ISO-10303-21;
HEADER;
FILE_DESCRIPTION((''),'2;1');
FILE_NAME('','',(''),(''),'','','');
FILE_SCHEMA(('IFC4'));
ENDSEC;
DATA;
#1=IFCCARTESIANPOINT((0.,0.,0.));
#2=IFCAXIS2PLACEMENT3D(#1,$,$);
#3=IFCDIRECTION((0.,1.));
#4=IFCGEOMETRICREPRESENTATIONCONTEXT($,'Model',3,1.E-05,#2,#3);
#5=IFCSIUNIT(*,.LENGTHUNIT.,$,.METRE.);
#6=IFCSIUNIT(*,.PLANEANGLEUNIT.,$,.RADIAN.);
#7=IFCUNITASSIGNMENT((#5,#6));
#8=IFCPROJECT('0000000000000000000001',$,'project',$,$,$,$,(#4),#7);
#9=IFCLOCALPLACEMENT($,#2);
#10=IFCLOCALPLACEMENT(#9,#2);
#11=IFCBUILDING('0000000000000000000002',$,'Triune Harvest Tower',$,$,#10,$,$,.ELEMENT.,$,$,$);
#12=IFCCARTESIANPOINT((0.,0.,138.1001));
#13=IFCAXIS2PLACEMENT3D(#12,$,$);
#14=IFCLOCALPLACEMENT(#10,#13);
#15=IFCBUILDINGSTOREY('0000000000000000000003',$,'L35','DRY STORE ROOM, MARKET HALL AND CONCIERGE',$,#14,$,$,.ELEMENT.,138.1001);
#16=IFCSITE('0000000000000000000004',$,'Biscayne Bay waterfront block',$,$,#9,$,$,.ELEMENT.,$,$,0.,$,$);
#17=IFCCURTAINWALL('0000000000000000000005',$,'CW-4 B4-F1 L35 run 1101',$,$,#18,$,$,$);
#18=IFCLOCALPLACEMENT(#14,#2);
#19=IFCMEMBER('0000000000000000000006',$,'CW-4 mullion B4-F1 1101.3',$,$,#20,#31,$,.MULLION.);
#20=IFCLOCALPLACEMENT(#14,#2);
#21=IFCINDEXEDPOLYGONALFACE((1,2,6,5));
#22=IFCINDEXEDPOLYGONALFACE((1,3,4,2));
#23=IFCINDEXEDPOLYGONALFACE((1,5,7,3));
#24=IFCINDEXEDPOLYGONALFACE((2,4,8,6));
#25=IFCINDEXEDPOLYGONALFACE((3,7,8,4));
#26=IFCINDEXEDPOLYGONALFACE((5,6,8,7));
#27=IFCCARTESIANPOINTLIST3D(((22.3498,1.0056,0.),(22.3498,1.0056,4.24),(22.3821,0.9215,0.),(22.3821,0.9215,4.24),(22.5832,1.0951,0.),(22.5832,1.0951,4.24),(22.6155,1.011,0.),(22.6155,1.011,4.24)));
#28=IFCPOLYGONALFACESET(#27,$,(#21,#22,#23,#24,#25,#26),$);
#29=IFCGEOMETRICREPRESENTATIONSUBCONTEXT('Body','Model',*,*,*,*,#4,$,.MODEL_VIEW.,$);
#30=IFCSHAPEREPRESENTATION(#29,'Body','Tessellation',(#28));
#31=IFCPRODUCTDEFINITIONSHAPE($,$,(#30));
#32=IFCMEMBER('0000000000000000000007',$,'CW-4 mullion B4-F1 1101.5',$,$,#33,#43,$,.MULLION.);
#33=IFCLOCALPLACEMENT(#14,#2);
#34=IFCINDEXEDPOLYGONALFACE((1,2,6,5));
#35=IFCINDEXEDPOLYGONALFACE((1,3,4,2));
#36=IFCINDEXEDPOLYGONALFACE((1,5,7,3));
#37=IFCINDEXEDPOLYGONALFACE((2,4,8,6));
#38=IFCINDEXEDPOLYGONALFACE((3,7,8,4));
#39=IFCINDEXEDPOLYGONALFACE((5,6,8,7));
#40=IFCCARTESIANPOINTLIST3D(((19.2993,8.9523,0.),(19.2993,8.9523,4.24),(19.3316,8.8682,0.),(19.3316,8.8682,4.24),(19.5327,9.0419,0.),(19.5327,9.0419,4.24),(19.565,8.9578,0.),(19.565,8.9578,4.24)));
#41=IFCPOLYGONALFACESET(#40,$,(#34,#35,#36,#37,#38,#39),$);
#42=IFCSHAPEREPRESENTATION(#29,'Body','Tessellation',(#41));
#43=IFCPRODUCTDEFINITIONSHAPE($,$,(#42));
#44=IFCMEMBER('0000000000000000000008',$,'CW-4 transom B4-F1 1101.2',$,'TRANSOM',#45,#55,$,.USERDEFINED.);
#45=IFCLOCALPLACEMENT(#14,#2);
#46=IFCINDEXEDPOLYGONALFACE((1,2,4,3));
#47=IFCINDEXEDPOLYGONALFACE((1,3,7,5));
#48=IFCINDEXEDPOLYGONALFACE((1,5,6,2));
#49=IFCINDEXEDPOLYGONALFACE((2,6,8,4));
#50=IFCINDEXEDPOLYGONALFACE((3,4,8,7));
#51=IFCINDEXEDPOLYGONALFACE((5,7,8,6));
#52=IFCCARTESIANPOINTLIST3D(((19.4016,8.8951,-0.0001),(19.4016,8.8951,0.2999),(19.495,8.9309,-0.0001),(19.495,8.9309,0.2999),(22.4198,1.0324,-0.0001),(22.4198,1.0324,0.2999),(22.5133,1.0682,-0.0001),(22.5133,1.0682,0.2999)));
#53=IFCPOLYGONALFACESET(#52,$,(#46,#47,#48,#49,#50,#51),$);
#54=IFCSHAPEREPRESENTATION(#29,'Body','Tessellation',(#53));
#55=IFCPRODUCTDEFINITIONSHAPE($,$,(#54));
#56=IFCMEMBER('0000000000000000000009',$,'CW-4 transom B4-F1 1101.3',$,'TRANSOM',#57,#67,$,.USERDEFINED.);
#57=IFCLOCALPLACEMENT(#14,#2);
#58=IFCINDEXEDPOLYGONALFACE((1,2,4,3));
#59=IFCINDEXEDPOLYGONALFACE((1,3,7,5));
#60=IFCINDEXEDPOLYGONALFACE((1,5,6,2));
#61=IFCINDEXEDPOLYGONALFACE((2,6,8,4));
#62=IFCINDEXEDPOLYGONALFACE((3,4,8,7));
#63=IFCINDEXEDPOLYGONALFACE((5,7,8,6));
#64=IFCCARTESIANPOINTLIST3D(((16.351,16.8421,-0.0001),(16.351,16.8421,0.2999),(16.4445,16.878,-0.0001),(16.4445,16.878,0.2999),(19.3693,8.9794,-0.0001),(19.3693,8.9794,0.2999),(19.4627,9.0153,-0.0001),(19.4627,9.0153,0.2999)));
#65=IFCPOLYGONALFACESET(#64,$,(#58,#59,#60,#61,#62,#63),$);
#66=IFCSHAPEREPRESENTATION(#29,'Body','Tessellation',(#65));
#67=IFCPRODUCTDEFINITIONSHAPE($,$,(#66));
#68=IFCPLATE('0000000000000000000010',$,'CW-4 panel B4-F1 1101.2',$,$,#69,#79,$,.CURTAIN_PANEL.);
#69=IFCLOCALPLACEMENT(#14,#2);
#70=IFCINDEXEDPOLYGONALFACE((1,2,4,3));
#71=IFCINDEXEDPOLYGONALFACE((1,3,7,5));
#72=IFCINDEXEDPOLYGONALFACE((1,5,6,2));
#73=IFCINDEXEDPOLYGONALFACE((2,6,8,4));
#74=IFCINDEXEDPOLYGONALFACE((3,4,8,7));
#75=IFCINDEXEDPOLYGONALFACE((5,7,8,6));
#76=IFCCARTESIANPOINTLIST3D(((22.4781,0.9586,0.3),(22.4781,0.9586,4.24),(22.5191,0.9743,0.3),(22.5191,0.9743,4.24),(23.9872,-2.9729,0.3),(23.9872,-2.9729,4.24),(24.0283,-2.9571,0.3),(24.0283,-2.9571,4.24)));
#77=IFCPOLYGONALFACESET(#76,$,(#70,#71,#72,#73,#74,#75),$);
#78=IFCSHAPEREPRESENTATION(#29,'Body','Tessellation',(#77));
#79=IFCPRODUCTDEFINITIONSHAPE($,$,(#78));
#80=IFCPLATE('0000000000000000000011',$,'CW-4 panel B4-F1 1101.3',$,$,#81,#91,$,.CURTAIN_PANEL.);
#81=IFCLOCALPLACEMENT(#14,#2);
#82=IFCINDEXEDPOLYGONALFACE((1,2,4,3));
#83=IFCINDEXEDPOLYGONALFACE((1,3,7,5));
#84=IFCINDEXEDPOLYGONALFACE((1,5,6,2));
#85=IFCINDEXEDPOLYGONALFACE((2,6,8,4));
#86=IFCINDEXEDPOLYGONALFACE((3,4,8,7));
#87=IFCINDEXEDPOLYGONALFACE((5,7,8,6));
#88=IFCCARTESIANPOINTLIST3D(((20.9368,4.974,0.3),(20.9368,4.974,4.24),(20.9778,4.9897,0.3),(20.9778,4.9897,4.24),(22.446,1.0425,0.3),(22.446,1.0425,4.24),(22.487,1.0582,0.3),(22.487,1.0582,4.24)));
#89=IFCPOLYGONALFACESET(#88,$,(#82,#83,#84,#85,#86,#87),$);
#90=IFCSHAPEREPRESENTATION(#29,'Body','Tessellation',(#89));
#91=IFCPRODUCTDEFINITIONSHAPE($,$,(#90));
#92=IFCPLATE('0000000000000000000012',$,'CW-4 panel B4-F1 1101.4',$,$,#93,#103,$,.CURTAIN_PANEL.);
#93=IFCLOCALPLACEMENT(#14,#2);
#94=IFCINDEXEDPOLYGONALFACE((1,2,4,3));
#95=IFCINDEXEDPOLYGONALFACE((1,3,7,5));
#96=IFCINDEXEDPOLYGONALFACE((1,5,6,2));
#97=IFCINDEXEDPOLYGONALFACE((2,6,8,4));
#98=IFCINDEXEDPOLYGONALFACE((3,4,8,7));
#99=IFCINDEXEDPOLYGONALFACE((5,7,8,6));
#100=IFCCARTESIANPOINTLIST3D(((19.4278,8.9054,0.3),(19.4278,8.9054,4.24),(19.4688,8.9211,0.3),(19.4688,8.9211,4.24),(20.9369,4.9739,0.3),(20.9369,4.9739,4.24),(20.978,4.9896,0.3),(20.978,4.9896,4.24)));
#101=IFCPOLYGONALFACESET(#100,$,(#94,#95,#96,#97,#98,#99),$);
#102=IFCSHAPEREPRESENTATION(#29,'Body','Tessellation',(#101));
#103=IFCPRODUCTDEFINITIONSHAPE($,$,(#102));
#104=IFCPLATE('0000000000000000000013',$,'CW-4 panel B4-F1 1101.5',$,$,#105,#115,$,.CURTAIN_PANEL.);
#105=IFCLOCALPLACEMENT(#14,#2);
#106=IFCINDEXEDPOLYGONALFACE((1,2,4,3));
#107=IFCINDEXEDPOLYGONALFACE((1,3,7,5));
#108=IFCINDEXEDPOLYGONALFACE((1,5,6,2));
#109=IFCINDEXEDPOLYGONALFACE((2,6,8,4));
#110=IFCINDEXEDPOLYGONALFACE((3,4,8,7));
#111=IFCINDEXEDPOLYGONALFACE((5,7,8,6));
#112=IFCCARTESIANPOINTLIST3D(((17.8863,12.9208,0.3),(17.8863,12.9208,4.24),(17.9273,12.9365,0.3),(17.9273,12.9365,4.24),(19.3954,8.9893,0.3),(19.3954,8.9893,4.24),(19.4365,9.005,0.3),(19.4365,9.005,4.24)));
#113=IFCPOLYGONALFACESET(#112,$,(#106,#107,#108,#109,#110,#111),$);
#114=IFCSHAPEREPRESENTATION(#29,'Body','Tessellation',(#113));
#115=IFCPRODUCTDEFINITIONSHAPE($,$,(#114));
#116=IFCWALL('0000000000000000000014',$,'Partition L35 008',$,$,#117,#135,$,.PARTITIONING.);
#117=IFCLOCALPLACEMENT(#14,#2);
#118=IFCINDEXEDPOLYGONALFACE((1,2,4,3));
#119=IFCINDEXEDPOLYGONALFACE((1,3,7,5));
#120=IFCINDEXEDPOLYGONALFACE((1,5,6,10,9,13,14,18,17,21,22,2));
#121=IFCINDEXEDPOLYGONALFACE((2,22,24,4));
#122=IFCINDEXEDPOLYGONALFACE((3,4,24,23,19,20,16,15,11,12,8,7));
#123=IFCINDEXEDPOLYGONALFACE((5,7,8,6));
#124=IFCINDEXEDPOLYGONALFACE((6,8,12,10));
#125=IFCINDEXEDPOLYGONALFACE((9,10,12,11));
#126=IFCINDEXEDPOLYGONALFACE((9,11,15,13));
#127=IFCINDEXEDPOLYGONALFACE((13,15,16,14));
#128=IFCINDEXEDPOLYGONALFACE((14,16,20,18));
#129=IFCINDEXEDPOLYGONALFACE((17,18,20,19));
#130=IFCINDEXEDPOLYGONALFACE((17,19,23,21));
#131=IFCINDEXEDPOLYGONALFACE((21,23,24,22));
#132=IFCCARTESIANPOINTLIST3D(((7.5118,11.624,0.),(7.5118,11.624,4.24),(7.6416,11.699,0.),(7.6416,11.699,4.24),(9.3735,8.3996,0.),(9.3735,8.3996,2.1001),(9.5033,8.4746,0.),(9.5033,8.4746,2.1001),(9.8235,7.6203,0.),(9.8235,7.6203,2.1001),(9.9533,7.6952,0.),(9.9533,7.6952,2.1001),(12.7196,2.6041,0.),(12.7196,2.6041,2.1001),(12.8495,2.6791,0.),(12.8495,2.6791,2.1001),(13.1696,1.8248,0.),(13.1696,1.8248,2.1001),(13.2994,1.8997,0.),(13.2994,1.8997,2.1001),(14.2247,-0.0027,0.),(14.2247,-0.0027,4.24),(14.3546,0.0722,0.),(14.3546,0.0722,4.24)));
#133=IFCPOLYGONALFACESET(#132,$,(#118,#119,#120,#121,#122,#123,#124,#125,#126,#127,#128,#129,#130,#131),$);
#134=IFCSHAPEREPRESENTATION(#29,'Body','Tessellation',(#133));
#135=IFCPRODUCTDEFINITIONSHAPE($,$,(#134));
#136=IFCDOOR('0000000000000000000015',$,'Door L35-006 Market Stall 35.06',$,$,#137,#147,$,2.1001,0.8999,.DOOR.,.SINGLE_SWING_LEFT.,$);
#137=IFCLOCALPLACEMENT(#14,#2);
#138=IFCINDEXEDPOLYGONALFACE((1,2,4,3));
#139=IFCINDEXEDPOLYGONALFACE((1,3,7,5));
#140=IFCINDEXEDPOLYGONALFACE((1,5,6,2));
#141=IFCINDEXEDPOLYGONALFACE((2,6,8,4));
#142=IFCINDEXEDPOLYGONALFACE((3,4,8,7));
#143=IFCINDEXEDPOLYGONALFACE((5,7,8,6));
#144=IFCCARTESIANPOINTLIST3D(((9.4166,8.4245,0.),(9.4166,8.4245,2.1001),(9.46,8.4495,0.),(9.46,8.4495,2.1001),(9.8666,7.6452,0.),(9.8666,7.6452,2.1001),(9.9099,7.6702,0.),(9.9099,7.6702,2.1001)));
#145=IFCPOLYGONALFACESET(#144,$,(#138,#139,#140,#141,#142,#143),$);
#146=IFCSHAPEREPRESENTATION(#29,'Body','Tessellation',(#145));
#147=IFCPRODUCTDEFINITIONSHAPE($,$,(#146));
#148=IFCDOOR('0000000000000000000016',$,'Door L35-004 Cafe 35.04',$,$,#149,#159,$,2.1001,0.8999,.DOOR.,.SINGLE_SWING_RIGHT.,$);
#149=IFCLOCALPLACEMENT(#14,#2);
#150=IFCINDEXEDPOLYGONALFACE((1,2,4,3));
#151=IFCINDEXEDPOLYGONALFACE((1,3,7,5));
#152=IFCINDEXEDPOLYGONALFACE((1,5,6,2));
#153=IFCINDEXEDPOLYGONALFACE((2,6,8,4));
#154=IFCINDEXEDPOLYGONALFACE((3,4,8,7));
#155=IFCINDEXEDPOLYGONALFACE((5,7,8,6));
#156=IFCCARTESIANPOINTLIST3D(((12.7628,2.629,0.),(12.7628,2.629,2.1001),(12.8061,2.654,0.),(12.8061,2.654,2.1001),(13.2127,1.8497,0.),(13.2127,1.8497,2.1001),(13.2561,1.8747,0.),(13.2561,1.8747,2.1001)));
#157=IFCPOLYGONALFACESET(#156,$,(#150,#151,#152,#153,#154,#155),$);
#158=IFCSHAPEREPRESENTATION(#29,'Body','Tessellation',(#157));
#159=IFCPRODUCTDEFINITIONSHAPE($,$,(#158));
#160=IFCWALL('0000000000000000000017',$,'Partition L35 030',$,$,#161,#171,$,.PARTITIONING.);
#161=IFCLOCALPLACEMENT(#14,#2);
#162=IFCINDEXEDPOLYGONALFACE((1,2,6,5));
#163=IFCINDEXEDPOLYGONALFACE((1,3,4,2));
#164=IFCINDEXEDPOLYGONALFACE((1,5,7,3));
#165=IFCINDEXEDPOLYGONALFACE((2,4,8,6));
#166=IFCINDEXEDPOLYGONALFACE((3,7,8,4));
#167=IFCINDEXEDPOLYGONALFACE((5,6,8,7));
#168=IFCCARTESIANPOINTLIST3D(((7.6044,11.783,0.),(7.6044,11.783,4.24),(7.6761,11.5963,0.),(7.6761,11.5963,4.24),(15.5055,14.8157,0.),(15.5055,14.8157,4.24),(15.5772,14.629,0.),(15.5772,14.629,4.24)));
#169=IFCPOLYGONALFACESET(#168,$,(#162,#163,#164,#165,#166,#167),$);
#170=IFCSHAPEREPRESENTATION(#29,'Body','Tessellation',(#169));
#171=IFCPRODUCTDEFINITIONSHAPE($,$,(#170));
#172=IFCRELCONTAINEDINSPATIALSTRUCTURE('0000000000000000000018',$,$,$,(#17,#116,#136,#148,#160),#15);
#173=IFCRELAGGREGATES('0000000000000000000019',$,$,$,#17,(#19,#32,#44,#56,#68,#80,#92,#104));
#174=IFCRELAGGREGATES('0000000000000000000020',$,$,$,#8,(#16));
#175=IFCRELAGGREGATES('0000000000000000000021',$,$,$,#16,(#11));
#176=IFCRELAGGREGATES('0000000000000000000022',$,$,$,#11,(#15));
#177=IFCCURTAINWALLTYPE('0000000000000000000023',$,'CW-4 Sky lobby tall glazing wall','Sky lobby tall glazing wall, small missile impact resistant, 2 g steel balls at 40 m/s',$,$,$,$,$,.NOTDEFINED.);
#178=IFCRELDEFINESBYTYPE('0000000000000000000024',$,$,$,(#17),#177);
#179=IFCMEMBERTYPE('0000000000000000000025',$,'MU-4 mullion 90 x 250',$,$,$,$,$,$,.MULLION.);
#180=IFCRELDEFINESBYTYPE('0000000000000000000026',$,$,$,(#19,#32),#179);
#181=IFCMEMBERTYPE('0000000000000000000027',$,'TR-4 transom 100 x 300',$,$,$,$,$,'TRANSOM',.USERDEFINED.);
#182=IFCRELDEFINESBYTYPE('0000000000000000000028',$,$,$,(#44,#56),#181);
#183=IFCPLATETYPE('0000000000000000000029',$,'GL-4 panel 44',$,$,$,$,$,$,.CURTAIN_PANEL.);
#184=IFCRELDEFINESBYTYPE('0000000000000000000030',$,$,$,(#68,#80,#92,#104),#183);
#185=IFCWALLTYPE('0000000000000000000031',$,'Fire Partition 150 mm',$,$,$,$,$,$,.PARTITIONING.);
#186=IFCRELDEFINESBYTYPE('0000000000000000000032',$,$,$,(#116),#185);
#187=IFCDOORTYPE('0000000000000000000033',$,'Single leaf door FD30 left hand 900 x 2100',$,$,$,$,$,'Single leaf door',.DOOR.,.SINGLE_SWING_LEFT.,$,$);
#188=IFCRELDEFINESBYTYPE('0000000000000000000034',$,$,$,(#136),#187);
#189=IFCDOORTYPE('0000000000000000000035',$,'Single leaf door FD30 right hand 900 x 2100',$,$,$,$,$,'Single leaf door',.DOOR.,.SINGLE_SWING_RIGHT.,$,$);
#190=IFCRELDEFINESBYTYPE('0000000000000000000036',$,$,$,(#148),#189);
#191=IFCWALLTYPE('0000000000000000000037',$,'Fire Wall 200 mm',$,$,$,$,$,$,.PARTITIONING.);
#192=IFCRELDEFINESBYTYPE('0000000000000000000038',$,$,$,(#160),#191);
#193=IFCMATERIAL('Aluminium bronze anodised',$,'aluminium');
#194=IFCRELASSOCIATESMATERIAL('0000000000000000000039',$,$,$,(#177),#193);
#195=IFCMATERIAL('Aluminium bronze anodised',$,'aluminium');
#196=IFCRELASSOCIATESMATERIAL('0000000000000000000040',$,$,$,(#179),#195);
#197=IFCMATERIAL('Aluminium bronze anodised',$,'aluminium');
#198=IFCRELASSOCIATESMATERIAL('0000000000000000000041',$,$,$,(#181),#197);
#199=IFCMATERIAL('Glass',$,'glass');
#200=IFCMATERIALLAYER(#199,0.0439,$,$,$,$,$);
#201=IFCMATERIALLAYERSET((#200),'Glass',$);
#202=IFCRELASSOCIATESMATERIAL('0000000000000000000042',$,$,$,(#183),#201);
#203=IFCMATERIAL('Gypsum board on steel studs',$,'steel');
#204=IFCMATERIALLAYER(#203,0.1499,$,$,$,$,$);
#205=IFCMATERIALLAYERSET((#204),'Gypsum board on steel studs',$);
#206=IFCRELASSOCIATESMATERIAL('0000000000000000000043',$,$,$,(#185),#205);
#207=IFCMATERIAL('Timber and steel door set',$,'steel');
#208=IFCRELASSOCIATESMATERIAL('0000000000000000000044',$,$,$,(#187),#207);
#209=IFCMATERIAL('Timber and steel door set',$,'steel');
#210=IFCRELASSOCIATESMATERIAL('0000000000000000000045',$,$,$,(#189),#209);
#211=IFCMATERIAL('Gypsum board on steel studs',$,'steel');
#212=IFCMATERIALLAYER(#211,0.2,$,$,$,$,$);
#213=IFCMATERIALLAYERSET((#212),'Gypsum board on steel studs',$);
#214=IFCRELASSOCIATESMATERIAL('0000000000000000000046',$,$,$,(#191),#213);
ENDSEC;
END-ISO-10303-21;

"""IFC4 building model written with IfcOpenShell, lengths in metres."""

from ifc_helpers import new_model, si_unit, direction, frame, frame_2d, origin, origin_2d, place, context, subcontext, project, spatial, rectangle, extrude, source, transform, mapped, material, layer, layer_set, material_profile, profile_set, type_object, element, fill, aggregate, save


model = new_model("IFC4")

# Units and contexts
model_context = context("Model", 3, precision=1e-05, world=origin(), true_north=direction((0.0, 1.0)))
body_context = subcontext(model_context, "Body", "Model", "MODEL_VIEW")
ifc_project = project(units=[si_unit("LENGTHUNIT", "METRE"), si_unit("PLANEANGLEUNIT", "RADIAN")], contexts=[model_context])

# Site, building, storey
site_placement = place(None, origin())
site = spatial("IfcSite", under=ifc_project, at=site_placement, Name="Biscayne Bay waterfront block", CompositionType="ELEMENT", RefElevation=0.0)
building_placement = place(site_placement, origin())
building = spatial("IfcBuilding", under=site, at=building_placement, Name="Triune Harvest Tower", CompositionType="ELEMENT")
storey_placement = place(building_placement, frame((0.0, 0.0, 138.1001)))
storey = spatial("IfcBuildingStorey", under=building, at=storey_placement, Name="L35", Description="DRY STORE ROOM, MARKET HALL AND CONCIERGE", CompositionType="ELEMENT", Elevation=138.1001)

# Curtain wall, members, plates
ifc_material_1 = material(Name="Aluminium bronze anodised", Category="aluminium")
curtain_wall_type = type_object("IfcCurtainWallType", Name="CW-4 Sky lobby tall glazing wall", Description="Sky lobby tall glazing wall, small missile impact resistant, 2 g steel balls at 40 m/s", PredefinedType="NOTDEFINED", material=ifc_material_1)
curtain_wall_placement = place(storey_placement, origin())
curtain_wall = element("IfcCurtainWall", 1, at=curtain_wall_placement, inside=storey, type_object=curtain_wall_type, Name="CW-4 B4-F1 L35 run 1101")
ifc_material_2 = material(Name="Aluminium bronze anodised", Category="aluminium")
ifc_material_profile_1 = material_profile(ifc_material_2, rectangle(XDim=0.25, YDim=0.0901, at=origin_2d()), Name="MU-4 mullion 90 x 250")
ifc_profile_set_1 = profile_set([ifc_material_profile_1], Name="Aluminium bronze anodised")
member_type_1 = type_object("IfcMemberType", Name="MU-4 mullion 90 x 250", PredefinedType="MULLION", material=ifc_profile_set_1)
shared_shape_1 = source(origin(), body_context, "Body", "SweptSolid", [
    extrude(rectangle(XDim=0.25, YDim=0.0901, at=origin_2d()), origin(), (0.0, 0.0, 1.0), 4.24),
])
member_1_placement = place(storey_placement, frame((22.4827, 1.0083, 0.0), z_axis=(0.0, 0.0, 1.0), x_axis=(-0.93358, -0.358369, 0.0)))
member_1 = element("IfcMember", 2, at=member_1_placement, type_object=member_type_1, Name="CW-4 mullion B4-F1 1101.3", PredefinedType="MULLION", context=body_context, shape_type="MappedRepresentation", body=[
    mapped(shared_shape_1, transform((0.0, 0.0, 0.0), scale=1.0)),
])
member_2_placement = place(storey_placement, frame((19.4321, 8.9551, 0.0), z_axis=(0.0, 0.0, 1.0), x_axis=(-0.93358, -0.358369, 0.0)))
member_2 = element("IfcMember", 3, at=member_2_placement, type_object=member_type_1, Name="CW-4 mullion B4-F1 1101.5", PredefinedType="MULLION", context=body_context, shape_type="MappedRepresentation", body=[
    mapped(shared_shape_1, transform((0.0, 0.0, 0.0), scale=1.0)),
])
ifc_material_3 = material(Name="Aluminium bronze anodised", Category="aluminium")
ifc_material_profile_2 = material_profile(ifc_material_3, rectangle(XDim=0.1001, YDim=0.3, at=origin_2d()), Name="TR-4 transom 100 x 300")
ifc_profile_set_2 = profile_set([ifc_material_profile_2], Name="Aluminium bronze anodised")
member_type_2 = type_object("IfcMemberType", Name="TR-4 transom 100 x 300", ElementType="TRANSOM", PredefinedType="USERDEFINED", material=ifc_profile_set_2)
shared_shape_2 = source(origin(), body_context, "Body", "SweptSolid", [
    extrude(rectangle(XDim=0.1001, YDim=0.3, at=origin_2d()), origin(), (0.0, 0.0, 1.0), 8.4221),
])
member_3_placement = place(storey_placement, frame((22.4666, 1.0503, 0.1499), z_axis=(-0.358375, 0.933578, 0.0), x_axis=(-0.933578, -0.358375, 0.0)))
member_3 = element("IfcMember", 4, at=member_3_placement, type_object=member_type_2, Name="CW-4 transom B4-F1 1101.2", ObjectType="TRANSOM", PredefinedType="USERDEFINED", context=body_context, shape_type="MappedRepresentation", body=[
    mapped(shared_shape_2, transform((0.0, 0.0, 0.0), scale=1.0)),
])
member_4_placement = place(storey_placement, frame((19.416, 8.9973, 0.1499), z_axis=(-0.358375, 0.933578, 0.0), x_axis=(-0.933578, -0.358375, 0.0)))
member_4 = element("IfcMember", 5, at=member_4_placement, type_object=member_type_2, Name="CW-4 transom B4-F1 1101.3", ObjectType="TRANSOM", PredefinedType="USERDEFINED", context=body_context, shape_type="MappedRepresentation", body=[
    mapped(shared_shape_2, transform((0.0, 0.0, 0.0), scale=1.0)),
])
ifc_material_4 = material(Name="Glass", Category="glass")
ifc_layer_1 = layer(ifc_material_4, 0.0439)
ifc_layer_set_1 = layer_set([ifc_layer_1], Name="Glass")
plate_type = type_object("IfcPlateType", Name="GL-4 panel 44", PredefinedType="CURTAIN_PANEL", material=ifc_layer_set_1)
shared_shape_3 = source(origin(), body_context, "Body", "SweptSolid", [
    extrude(rectangle(XDim=4.2112, YDim=0.0439, at=origin_2d()), origin(), (0.0, 0.0, 1.0), 3.9399),
])
plate_1_placement = place(storey_placement, frame((23.2532, -0.9993, 0.3), z_axis=(0.0, 0.0, 1.0), x_axis=(-0.358369, 0.93358, 0.0)))
plate_1 = element("IfcPlate", 6, at=plate_1_placement, type_object=plate_type, Name="CW-4 panel B4-F1 1101.2", PredefinedType="CURTAIN_PANEL", context=body_context, shape_type="MappedRepresentation", body=[
    mapped(shared_shape_3, transform((0.0, 0.0, 0.0), scale=1.0)),
])
plate_2_placement = place(storey_placement, frame((21.7119, 3.0161, 0.3), z_axis=(0.0, 0.0, 1.0), x_axis=(-0.358369, 0.93358, 0.0)))
plate_2 = element("IfcPlate", 7, at=plate_2_placement, type_object=plate_type, Name="CW-4 panel B4-F1 1101.3", PredefinedType="CURTAIN_PANEL", context=body_context, shape_type="MappedRepresentation", body=[
    mapped(shared_shape_3, transform((0.0, 0.0, 0.0), scale=1.0)),
])
plate_3_placement = place(storey_placement, frame((20.2029, 6.9475, 0.3), z_axis=(0.0, 0.0, 1.0), x_axis=(-0.358369, 0.93358, 0.0)))
plate_3 = element("IfcPlate", 8, at=plate_3_placement, type_object=plate_type, Name="CW-4 panel B4-F1 1101.4", PredefinedType="CURTAIN_PANEL", context=body_context, shape_type="MappedRepresentation", body=[
    mapped(shared_shape_3, transform((0.0, 0.0, 0.0), scale=1.0)),
])
plate_4_placement = place(storey_placement, frame((18.6614, 10.9629, 0.3), z_axis=(0.0, 0.0, 1.0), x_axis=(-0.358369, 0.93358, 0.0)))
plate_4 = element("IfcPlate", 9, at=plate_4_placement, type_object=plate_type, Name="CW-4 panel B4-F1 1101.5", PredefinedType="CURTAIN_PANEL", context=body_context, shape_type="MappedRepresentation", body=[
    mapped(shared_shape_3, transform((0.0, 0.0, 0.0), scale=1.0)),
])
aggregate(curtain_wall, [member_1, member_2, member_3, member_4, plate_1, plate_2, plate_3, plate_4])

# Wall, openings, doors
ifc_material_5 = material(Name="Gypsum board on steel studs", Category="steel")
ifc_layer_2 = layer(ifc_material_5, 0.1499)
ifc_layer_set_2 = layer_set([ifc_layer_2], Name="Gypsum board on steel studs")
wall_type_1 = type_object("IfcWallType", Name="Fire Partition 150 mm", PredefinedType="PARTITIONING", material=ifc_layer_set_2)
wall_1_placement = place(storey_placement, frame((7.5767, 11.6616, 0.0), z_axis=(0.0, 0.0, 1.0), x_axis=(0.500012, -0.866019, 0.0)))
wall_1 = element("IfcWall", 10, at=wall_1_placement, inside=storey, type_object=wall_type_1, Name="Partition L35 008", PredefinedType="PARTITIONING", context=body_context, shape_type="SweptSolid", body=[
    extrude(rectangle(XDim=13.4255, YDim=0.1499, at=frame_2d((6.7129, 0.0))), origin(), (0.0, 0.0, 1.0), 4.24),
])
opening_1_placement = place(wall_1_placement, frame((10.4155, 0.0, 0.0)))
opening_1 = element("IfcOpeningElement", 11, at=opening_1_placement, cuts=wall_1, PredefinedType="OPENING", context=body_context, shape_type="SweptSolid", body=[
    extrude(rectangle(XDim=0.8999, YDim=2.1001, at=frame_2d((0.45, 1.05))), frame((0.0, 0.085, 0.0), z_axis=(0.0, -1.0, 0.0), x_axis=(1.0, 0.0, 0.0)), (0.0, 0.0, 1.0), 0.1699),
])
opening_2_placement = place(wall_1_placement, frame((3.7234, 0.0, 0.0)))
opening_2 = element("IfcOpeningElement", 12, at=opening_2_placement, cuts=wall_1, PredefinedType="OPENING", context=body_context, shape_type="SweptSolid", body=[
    extrude(rectangle(XDim=0.8999, YDim=2.1001, at=frame_2d((0.45, 1.05))), frame((0.0, 0.085, 0.0), z_axis=(0.0, -1.0, 0.0), x_axis=(1.0, 0.0, 0.0)), (0.0, 0.0, 1.0), 0.1699),
])
ifc_material_6 = material(Name="Timber and steel door set", Category="steel")
door_type_1 = type_object("IfcDoorType", Name="Single leaf door FD30 left hand 900 x 2100", ElementType="Single leaf door", OperationType="SINGLE_SWING_LEFT", PredefinedType="DOOR", material=ifc_material_6)
door_1_placement = place(opening_2_placement, origin())
door_1 = element("IfcDoor", 13, at=door_1_placement, inside=storey, type_object=door_type_1, Name="Door L35-006 Market Stall 35.06", OperationType="SINGLE_SWING_LEFT", OverallHeight=2.1001, OverallWidth=0.8999, PredefinedType="DOOR", context=body_context, shape_type="SweptSolid", body=[
    extrude(rectangle(XDim=0.8999, YDim=2.1001, at=frame_2d((0.45, 1.05))), frame((0.0, 0.0249, 0.0), z_axis=(0.0, -1.0, 0.0), x_axis=(1.0, 0.0, 0.0)), (0.0, 0.0, 1.0), 0.05),
])
fill(opening_2, door_1)
ifc_material_7 = material(Name="Timber and steel door set", Category="steel")
door_type_2 = type_object("IfcDoorType", Name="Single leaf door FD30 right hand 900 x 2100", ElementType="Single leaf door", OperationType="SINGLE_SWING_RIGHT", PredefinedType="DOOR", material=ifc_material_7)
door_2_placement = place(opening_1_placement, origin())
door_2 = element("IfcDoor", 14, at=door_2_placement, inside=storey, type_object=door_type_2, Name="Door L35-004 Cafe 35.04", OperationType="SINGLE_SWING_RIGHT", OverallHeight=2.1001, OverallWidth=0.8999, PredefinedType="DOOR", context=body_context, shape_type="SweptSolid", body=[
    extrude(rectangle(XDim=0.8999, YDim=2.1001, at=frame_2d((0.45, 1.05))), frame((0.0, 0.0249, 0.0), z_axis=(0.0, -1.0, 0.0), x_axis=(1.0, 0.0, 0.0)), (0.0, 0.0, 1.0), 0.05),
])
fill(opening_1, door_2)

# Wall
ifc_material_8 = material(Name="Gypsum board on steel studs", Category="steel")
ifc_layer_3 = layer(ifc_material_8, 0.2)
ifc_layer_set_3 = layer_set([ifc_layer_3], Name="Gypsum board on steel studs")
wall_type_2 = type_object("IfcWallType", Name="Fire Wall 200 mm", PredefinedType="PARTITIONING", material=ifc_layer_set_3)
wall_2_placement = place(storey_placement, frame((7.6404, 11.6897, 0.0), z_axis=(0.0, 0.0, 1.0), x_axis=(0.93359, 0.358343, 0.0)))
element("IfcWall", 15, at=wall_2_placement, inside=storey, type_object=wall_type_2, Name="Partition L35 030", PredefinedType="PARTITIONING", context=body_context, shape_type="SweptSolid", body=[
    extrude(rectangle(XDim=8.4631, YDim=0.2, at=frame_2d((4.2314, 0.0))), origin(), (0.0, 0.0, 1.0), 4.24),
])

save(model, "model.ifc")
